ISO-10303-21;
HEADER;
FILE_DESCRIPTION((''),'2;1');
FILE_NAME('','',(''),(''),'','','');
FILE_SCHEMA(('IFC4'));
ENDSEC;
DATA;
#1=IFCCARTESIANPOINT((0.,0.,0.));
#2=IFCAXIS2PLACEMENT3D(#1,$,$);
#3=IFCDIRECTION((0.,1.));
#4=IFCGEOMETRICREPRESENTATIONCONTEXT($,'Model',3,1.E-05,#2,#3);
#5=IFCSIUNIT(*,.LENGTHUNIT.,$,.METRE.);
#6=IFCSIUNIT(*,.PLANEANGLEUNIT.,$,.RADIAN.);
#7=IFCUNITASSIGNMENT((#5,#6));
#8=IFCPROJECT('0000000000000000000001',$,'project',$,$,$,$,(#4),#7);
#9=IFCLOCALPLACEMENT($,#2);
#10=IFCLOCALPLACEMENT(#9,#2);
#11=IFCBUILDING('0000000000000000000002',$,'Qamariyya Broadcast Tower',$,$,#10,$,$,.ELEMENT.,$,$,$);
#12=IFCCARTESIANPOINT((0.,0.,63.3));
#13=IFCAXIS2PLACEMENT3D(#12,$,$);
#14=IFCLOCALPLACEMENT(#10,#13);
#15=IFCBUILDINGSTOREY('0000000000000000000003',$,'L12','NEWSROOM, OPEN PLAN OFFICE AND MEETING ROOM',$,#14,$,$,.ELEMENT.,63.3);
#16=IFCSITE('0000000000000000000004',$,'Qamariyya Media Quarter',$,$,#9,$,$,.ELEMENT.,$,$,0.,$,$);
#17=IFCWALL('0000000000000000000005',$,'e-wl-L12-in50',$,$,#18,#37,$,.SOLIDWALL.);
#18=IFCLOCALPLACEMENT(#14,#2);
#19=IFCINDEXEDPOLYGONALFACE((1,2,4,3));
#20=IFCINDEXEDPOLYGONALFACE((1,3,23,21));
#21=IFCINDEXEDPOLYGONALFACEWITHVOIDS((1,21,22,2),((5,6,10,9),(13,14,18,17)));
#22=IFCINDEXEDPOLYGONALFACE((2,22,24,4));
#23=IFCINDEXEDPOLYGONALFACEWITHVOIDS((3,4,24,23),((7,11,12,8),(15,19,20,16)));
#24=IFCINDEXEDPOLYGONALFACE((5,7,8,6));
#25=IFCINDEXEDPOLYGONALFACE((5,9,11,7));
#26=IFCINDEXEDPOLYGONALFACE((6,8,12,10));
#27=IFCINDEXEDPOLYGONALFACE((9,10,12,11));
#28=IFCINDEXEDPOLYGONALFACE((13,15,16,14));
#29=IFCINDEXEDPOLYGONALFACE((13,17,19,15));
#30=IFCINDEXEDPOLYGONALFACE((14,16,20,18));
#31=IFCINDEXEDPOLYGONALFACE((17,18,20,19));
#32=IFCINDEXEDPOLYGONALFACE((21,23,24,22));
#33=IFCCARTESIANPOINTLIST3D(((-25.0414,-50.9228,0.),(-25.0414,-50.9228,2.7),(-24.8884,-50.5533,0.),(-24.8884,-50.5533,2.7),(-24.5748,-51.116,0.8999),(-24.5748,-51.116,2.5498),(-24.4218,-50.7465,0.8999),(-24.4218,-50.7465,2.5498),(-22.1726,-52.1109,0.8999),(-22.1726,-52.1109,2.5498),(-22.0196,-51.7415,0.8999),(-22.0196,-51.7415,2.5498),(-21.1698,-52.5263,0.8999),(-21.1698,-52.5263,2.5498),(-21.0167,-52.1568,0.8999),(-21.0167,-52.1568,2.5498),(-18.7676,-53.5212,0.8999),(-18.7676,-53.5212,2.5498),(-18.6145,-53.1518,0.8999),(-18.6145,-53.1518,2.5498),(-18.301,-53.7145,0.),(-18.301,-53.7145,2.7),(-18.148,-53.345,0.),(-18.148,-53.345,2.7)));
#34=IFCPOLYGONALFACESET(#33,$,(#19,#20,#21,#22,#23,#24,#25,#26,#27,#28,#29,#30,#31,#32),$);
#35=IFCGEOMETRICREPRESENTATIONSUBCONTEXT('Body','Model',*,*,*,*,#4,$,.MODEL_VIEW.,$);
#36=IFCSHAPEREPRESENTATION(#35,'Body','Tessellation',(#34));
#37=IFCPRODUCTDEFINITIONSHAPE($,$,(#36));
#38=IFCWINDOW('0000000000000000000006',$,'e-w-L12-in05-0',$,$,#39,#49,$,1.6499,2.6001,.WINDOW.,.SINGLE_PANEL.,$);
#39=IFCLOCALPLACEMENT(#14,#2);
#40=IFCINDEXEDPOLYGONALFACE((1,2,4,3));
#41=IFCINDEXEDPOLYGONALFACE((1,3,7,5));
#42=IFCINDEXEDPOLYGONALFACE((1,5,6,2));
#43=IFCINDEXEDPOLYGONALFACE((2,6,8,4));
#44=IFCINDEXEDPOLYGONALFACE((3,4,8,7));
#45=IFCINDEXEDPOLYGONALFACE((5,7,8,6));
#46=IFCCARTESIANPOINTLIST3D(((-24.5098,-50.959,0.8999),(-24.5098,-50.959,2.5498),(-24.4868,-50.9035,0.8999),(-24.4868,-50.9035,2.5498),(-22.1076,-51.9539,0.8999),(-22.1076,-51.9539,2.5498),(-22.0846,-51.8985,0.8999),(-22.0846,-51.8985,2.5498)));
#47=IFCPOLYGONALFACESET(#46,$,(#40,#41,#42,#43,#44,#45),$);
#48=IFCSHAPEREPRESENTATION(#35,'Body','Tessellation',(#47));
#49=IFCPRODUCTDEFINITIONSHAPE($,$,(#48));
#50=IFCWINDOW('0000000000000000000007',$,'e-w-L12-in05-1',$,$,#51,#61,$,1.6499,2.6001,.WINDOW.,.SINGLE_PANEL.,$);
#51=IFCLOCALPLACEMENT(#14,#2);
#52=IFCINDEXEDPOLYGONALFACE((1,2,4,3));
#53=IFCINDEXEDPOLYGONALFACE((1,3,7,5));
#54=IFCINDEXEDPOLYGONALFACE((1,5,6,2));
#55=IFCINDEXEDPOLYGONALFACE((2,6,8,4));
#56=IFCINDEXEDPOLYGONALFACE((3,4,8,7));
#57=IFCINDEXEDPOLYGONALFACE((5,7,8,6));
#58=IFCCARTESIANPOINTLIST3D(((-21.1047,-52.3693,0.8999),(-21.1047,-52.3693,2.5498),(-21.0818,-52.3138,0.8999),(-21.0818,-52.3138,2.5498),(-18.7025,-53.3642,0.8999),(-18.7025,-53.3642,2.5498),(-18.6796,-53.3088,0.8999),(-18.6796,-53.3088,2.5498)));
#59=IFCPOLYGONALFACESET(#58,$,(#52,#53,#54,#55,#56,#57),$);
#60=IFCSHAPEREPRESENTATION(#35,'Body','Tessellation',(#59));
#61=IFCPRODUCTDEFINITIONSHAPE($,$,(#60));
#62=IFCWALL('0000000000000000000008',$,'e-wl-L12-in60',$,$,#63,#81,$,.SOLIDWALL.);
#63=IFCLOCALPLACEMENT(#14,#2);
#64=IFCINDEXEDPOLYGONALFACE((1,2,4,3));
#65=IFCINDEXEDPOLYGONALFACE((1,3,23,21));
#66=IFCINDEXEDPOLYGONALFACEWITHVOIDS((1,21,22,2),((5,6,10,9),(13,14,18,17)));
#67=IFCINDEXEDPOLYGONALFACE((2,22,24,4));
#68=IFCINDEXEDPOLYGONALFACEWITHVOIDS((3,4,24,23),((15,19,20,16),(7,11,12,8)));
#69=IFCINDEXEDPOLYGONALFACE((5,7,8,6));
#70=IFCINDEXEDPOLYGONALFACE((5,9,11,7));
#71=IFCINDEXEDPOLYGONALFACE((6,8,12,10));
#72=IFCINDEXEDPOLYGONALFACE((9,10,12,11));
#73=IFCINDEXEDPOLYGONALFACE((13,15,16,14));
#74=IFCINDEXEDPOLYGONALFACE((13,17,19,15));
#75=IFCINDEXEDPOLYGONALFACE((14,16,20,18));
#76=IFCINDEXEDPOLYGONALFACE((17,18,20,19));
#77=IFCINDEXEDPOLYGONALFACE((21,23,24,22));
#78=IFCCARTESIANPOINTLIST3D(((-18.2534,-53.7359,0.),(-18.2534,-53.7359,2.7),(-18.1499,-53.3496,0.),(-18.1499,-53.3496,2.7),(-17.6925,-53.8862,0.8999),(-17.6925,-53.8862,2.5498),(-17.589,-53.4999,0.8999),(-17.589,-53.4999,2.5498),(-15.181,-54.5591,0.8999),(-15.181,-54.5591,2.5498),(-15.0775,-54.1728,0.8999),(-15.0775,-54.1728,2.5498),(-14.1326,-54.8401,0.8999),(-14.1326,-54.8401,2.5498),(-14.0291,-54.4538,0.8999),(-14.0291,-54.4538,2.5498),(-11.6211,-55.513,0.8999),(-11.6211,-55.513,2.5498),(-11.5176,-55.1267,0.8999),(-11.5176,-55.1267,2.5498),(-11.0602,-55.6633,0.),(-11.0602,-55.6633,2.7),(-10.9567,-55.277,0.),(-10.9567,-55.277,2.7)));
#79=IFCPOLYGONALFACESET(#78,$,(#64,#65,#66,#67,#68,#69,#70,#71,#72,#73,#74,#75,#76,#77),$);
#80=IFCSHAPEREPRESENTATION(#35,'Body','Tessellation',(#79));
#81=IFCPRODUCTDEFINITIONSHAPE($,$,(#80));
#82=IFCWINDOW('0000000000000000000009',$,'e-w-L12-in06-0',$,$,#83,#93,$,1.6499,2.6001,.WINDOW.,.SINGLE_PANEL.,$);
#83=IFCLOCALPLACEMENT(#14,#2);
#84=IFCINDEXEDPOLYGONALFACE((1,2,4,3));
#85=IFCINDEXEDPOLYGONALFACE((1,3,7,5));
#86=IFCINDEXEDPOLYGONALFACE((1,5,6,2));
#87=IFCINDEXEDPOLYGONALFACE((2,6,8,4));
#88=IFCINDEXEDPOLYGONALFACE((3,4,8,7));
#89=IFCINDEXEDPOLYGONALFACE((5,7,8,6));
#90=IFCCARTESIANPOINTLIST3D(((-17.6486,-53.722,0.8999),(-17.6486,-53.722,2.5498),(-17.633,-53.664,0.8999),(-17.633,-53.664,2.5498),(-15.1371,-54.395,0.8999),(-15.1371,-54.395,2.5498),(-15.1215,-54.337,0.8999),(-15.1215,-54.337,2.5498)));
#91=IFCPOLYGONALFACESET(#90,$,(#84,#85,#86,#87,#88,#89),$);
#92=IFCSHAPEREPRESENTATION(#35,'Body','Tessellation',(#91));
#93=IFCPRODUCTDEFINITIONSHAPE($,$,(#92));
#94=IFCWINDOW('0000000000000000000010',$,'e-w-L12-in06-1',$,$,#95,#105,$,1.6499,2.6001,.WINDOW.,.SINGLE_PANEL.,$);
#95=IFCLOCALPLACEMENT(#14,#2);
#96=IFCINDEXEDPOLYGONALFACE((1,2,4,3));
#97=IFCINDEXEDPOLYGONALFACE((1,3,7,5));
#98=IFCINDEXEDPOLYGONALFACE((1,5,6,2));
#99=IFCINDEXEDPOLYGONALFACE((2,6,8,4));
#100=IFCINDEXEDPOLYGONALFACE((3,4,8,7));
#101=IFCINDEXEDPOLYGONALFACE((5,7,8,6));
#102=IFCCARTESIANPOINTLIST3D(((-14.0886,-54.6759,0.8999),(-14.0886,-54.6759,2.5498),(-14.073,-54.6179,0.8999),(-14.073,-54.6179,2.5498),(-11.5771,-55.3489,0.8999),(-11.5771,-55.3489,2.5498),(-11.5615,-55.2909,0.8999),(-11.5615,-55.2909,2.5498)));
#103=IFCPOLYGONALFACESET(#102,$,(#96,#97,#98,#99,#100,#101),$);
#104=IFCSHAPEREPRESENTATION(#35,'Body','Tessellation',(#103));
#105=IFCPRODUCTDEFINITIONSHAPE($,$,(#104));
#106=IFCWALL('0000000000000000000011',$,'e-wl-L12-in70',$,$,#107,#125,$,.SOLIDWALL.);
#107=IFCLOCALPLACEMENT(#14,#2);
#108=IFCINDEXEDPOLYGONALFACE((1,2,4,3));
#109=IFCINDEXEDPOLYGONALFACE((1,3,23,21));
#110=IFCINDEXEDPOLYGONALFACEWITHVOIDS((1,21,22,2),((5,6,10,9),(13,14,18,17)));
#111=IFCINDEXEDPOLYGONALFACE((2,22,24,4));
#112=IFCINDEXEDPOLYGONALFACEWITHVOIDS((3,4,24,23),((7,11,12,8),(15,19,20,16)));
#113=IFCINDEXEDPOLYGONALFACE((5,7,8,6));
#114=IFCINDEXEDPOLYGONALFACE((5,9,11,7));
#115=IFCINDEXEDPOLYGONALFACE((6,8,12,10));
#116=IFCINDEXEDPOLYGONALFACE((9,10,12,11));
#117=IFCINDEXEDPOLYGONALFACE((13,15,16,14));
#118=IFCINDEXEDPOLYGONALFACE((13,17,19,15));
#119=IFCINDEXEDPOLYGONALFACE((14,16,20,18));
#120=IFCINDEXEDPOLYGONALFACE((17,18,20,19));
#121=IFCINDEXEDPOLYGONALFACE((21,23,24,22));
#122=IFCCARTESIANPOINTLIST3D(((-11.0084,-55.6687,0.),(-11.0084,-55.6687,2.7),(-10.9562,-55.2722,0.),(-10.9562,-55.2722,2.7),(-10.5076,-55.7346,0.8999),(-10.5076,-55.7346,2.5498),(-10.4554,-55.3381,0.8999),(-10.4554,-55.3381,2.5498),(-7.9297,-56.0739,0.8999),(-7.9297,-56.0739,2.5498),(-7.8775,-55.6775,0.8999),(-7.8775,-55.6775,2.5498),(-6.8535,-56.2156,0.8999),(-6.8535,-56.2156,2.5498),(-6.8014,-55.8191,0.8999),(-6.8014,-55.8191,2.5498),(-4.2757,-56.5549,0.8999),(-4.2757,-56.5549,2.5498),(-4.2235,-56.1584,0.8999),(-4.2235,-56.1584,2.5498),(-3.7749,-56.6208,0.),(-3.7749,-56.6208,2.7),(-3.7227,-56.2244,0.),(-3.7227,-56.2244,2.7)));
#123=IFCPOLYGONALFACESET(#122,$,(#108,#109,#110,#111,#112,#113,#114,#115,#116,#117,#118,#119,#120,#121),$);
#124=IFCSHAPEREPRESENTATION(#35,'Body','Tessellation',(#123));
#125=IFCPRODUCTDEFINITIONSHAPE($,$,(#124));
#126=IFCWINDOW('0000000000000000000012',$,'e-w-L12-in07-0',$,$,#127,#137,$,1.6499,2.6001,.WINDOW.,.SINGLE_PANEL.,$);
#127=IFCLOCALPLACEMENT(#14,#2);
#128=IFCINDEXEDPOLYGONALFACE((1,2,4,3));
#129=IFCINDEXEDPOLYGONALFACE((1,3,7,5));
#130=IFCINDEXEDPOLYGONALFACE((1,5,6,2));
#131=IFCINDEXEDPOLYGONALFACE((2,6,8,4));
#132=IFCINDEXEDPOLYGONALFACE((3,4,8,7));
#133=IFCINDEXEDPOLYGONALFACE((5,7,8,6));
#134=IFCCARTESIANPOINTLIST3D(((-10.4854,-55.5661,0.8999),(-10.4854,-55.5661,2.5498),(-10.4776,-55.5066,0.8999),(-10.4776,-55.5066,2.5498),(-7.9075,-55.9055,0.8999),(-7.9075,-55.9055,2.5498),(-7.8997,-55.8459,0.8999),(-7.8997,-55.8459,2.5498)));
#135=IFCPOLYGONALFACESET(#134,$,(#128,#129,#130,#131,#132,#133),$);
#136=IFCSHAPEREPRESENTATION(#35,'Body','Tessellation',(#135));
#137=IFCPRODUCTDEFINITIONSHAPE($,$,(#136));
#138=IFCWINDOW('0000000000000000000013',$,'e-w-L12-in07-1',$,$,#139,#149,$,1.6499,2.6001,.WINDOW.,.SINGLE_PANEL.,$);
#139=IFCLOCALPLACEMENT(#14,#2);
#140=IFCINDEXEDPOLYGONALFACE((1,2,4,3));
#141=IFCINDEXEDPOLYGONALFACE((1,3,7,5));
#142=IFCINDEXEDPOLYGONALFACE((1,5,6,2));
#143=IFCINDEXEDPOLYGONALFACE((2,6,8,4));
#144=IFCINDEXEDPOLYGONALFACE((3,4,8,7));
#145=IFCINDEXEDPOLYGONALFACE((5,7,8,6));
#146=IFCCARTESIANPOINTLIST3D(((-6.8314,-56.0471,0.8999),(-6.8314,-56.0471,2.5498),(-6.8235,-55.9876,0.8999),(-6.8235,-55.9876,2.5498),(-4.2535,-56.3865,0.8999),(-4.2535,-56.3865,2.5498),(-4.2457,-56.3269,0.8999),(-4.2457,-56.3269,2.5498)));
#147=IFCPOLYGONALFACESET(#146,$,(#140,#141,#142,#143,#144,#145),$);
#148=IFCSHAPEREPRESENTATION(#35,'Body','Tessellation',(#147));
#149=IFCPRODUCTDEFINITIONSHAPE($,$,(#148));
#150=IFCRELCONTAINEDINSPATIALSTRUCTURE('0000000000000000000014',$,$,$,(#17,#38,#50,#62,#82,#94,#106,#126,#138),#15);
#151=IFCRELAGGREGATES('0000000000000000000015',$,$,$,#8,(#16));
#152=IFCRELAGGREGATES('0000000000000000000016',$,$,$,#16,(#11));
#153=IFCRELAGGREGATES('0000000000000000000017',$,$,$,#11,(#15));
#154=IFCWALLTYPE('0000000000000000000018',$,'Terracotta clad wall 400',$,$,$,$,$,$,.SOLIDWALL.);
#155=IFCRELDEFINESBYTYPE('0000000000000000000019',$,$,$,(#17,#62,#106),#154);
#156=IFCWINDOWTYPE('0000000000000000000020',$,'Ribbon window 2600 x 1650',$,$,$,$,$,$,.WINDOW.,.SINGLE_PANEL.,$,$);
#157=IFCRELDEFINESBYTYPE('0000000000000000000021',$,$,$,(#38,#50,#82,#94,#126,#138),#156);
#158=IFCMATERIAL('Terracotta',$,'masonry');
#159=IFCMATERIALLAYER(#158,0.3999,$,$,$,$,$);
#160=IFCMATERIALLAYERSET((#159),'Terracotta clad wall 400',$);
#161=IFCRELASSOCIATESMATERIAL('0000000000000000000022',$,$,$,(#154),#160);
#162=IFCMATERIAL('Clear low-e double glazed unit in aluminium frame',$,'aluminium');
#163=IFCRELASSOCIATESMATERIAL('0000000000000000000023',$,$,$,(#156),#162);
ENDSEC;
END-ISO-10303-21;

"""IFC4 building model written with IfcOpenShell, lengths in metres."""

from ifc_helpers import new_model, si_unit, direction, frame, frame_2d, origin, place, context, subcontext, project, spatial, rectangle, extrude, material, layer, layer_set, type_object, element, fill, save


model = new_model("IFC4")

# Units and contexts
model_context = context("Model", 3, precision=1e-05, world=origin(), true_north=direction((0.0, 1.0)))
body_context = subcontext(model_context, "Body", "Model", "MODEL_VIEW")
ifc_project = project(units=[si_unit("LENGTHUNIT", "METRE"), si_unit("PLANEANGLEUNIT", "RADIAN")], contexts=[model_context])

# Site, building, storey
site_placement = place(None, origin())
site = spatial("IfcSite", under=ifc_project, at=site_placement, Name="Qamariyya Media Quarter", CompositionType="ELEMENT", RefElevation=0.0)
building_placement = place(site_placement, origin())
building = spatial("IfcBuilding", under=site, at=building_placement, Name="Qamariyya Broadcast Tower", CompositionType="ELEMENT")
storey_placement = place(building_placement, frame((0.0, 0.0, 63.3)))
storey = spatial("IfcBuildingStorey", under=building, at=storey_placement, Name="L12", Description="NEWSROOM, OPEN PLAN OFFICE AND MEETING ROOM", CompositionType="ELEMENT", Elevation=63.3)

# Walls, openings, windows
ifc_material_1 = material(Name="Terracotta", Category="masonry")
ifc_layer_1 = layer(ifc_material_1, 0.3999)
ifc_layer_set_1 = layer_set([ifc_layer_1], Name="Terracotta clad wall 400")
wall_type_1 = type_object("IfcWallType", Name="Terracotta clad wall 400", PredefinedType="SOLIDWALL", material=ifc_layer_set_1)
ifc_material_2 = material(Name="Clear low-e double glazed unit in aluminium frame", Category="aluminium")
window_type = type_object("IfcWindowType", Name="Ribbon window 2600 x 1650", PartitioningType="SINGLE_PANEL", PredefinedType="WINDOW", material=ifc_material_2)
wall_1_placement = place(storey_placement, frame((-18.2244, -53.5298, 0.0), z_axis=(0.0, 0.0, 1.0), x_axis=(-0.923892, 0.382654, 0.0)))
wall_1 = element("IfcWall", 1, at=wall_1_placement, inside=storey, type_object=wall_type_1, Name="e-wl-L12-in50", PredefinedType="SOLIDWALL", context=body_context, shape_type="SweptSolid", body=[
    extrude(rectangle(XDim=7.2957, YDim=0.3999, at=frame_2d((3.6479, 0.0))), origin(), (0.0, 0.0, 1.0), 2.7),
])
opening_1_placement = place(wall_1_placement, frame((4.1907, 0.0, 0.8999)))
opening_1 = element("IfcOpeningElement", 2, at=opening_1_placement, cuts=wall_1, PredefinedType="OPENING", context=body_context, shape_type="SweptSolid", body=[
    extrude(rectangle(XDim=2.6001, YDim=1.6499, at=frame_2d((1.3, 0.825))), frame((0.0, 0.21, 0.0), z_axis=(0.0, -1.0, 0.0), x_axis=(1.0, 0.0, 0.0)), (0.0, 0.0, 1.0), 0.4199),
])
opening_2_placement = place(wall_1_placement, frame((0.5051, 0.0, 0.8999)))
opening_2 = element("IfcOpeningElement", 3, at=opening_2_placement, cuts=wall_1, PredefinedType="OPENING", context=body_context, shape_type="SweptSolid", body=[
    extrude(rectangle(XDim=2.6001, YDim=1.6499, at=frame_2d((1.3, 0.825))), frame((0.0, 0.21, 0.0), z_axis=(0.0, -1.0, 0.0), x_axis=(1.0, 0.0, 0.0)), (0.0, 0.0, 1.0), 0.4199),
])
window_1_placement = place(opening_1_placement, origin())
window_1 = element("IfcWindow", 4, at=window_1_placement, inside=storey, type_object=window_type, Name="e-w-L12-in05-0", OverallHeight=1.6499, OverallWidth=2.6001, PartitioningType="SINGLE_PANEL", PredefinedType="WINDOW", context=body_context, shape_type="SweptSolid", body=[
    extrude(rectangle(XDim=2.6001, YDim=1.6499, at=frame_2d((1.3, 0.825))), frame((0.0, 0.03, 0.0), z_axis=(0.0, -1.0, 0.0), x_axis=(1.0, 0.0, 0.0)), (0.0, 0.0, 1.0), 0.0601),
])
fill(opening_1, window_1)
window_2_placement = place(opening_2_placement, origin())
window_2 = element("IfcWindow", 5, at=window_2_placement, inside=storey, type_object=window_type, Name="e-w-L12-in05-1", OverallHeight=1.6499, OverallWidth=2.6001, PartitioningType="SINGLE_PANEL", PredefinedType="WINDOW", context=body_context, shape_type="SweptSolid", body=[
    extrude(rectangle(XDim=2.6001, YDim=1.6499, at=frame_2d((1.3, 0.825))), frame((0.0, 0.03, 0.0), z_axis=(0.0, -1.0, 0.0), x_axis=(1.0, 0.0, 0.0)), (0.0, 0.0, 1.0), 0.0601),
])
fill(opening_2, window_2)
wall_2_placement = place(storey_placement, frame((-11.0083, -55.4702, 0.0), z_axis=(0.0, 0.0, 1.0), x_axis=(-0.965925, 0.258823, 0.0)))
wall_2 = element("IfcWall", 6, at=wall_2_placement, inside=storey, type_object=wall_type_1, Name="e-wl-L12-in60", PredefinedType="SOLIDWALL", context=body_context, shape_type="SweptSolid", body=[
    extrude(rectangle(XDim=7.447, YDim=0.3999, at=frame_2d((3.7236, 0.0))), origin(), (0.0, 0.0, 1.0), 2.7),
])
opening_3_placement = place(wall_2_placement, frame((4.2664, 0.0, 0.8999)))
opening_3 = element("IfcOpeningElement", 7, at=opening_3_placement, cuts=wall_2, PredefinedType="OPENING", context=body_context, shape_type="SweptSolid", body=[
    extrude(rectangle(XDim=2.6001, YDim=1.6499, at=frame_2d((1.3, 0.825))), frame((0.0, 0.21, 0.0), z_axis=(0.0, -1.0, 0.0), x_axis=(1.0, 0.0, 0.0)), (0.0, 0.0, 1.0), 0.4199),
])
opening_4_placement = place(wall_2_placement, frame((0.5808, 0.0, 0.8999)))
opening_4 = element("IfcOpeningElement", 8, at=opening_4_placement, cuts=wall_2, PredefinedType="OPENING", context=body_context, shape_type="SweptSolid", body=[
    extrude(rectangle(XDim=2.6001, YDim=1.6499, at=frame_2d((1.3, 0.825))), frame((0.0, 0.21, 0.0), z_axis=(0.0, -1.0, 0.0), x_axis=(1.0, 0.0, 0.0)), (0.0, 0.0, 1.0), 0.4199),
])
window_3_placement = place(opening_3_placement, origin())
window_3 = element("IfcWindow", 9, at=window_3_placement, inside=storey, type_object=window_type, Name="e-w-L12-in06-0", OverallHeight=1.6499, OverallWidth=2.6001, PartitioningType="SINGLE_PANEL", PredefinedType="WINDOW", context=body_context, shape_type="SweptSolid", body=[
    extrude(rectangle(XDim=2.6001, YDim=1.6499, at=frame_2d((1.3, 0.825))), frame((0.0, 0.03, 0.0), z_axis=(0.0, -1.0, 0.0), x_axis=(1.0, 0.0, 0.0)), (0.0, 0.0, 1.0), 0.0601),
])
fill(opening_3, window_3)
window_4_placement = place(opening_4_placement, origin())
window_4 = element("IfcWindow", 10, at=window_4_placement, inside=storey, type_object=window_type, Name="e-w-L12-in06-1", OverallHeight=1.6499, OverallWidth=2.6001, PartitioningType="SINGLE_PANEL", PredefinedType="WINDOW", context=body_context, shape_type="SweptSolid", body=[
    extrude(rectangle(XDim=2.6001, YDim=1.6499, at=frame_2d((1.3, 0.825))), frame((0.0, 0.03, 0.0), z_axis=(0.0, -1.0, 0.0), x_axis=(1.0, 0.0, 0.0)), (0.0, 0.0, 1.0), 0.0601),
])
fill(opening_4, window_4)
wall_3_placement = place(storey_placement, frame((-3.7488, -56.4226, 0.0), z_axis=(0.0, 0.0, 1.0), x_axis=(-0.991447, 0.130506, 0.0)))
wall_3 = element("IfcWall", 11, at=wall_3_placement, inside=storey, type_object=wall_type_1, Name="e-wl-L12-in70", PredefinedType="SOLIDWALL", context=body_context, shape_type="SweptSolid", body=[
    extrude(rectangle(XDim=7.2959, YDim=0.3999, at=frame_2d((3.6479, 0.0))), origin(), (0.0, 0.0, 1.0), 2.7),
])
opening_5_placement = place(wall_3_placement, frame((4.1907, 0.0, 0.8999)))
opening_5 = element("IfcOpeningElement", 12, at=opening_5_placement, cuts=wall_3, PredefinedType="OPENING", context=body_context, shape_type="SweptSolid", body=[
    extrude(rectangle(XDim=2.6001, YDim=1.6499, at=frame_2d((1.3, 0.825))), frame((0.0, 0.21, 0.0), z_axis=(0.0, -1.0, 0.0), x_axis=(1.0, 0.0, 0.0)), (0.0, 0.0, 1.0), 0.4199),
])
opening_6_placement = place(wall_3_placement, frame((0.5051, 0.0, 0.8999)))
opening_6 = element("IfcOpeningElement", 13, at=opening_6_placement, cuts=wall_3, PredefinedType="OPENING", context=body_context, shape_type="SweptSolid", body=[
    extrude(rectangle(XDim=2.6001, YDim=1.6499, at=frame_2d((1.3, 0.825))), frame((0.0, 0.21, 0.0), z_axis=(0.0, -1.0, 0.0), x_axis=(1.0, 0.0, 0.0)), (0.0, 0.0, 1.0), 0.4199),
])
window_5_placement = place(opening_5_placement, origin())
window_5 = element("IfcWindow", 14, at=window_5_placement, inside=storey, type_object=window_type, Name="e-w-L12-in07-0", OverallHeight=1.6499, OverallWidth=2.6001, PartitioningType="SINGLE_PANEL", PredefinedType="WINDOW", context=body_context, shape_type="SweptSolid", body=[
    extrude(rectangle(XDim=2.6001, YDim=1.6499, at=frame_2d((1.3, 0.825))), frame((0.0, 0.03, 0.0), z_axis=(0.0, -1.0, 0.0), x_axis=(1.0, 0.0, 0.0)), (0.0, 0.0, 1.0), 0.0601),
])
fill(opening_5, window_5)
window_6_placement = place(opening_6_placement, origin())
window_6 = element("IfcWindow", 15, at=window_6_placement, inside=storey, type_object=window_type, Name="e-w-L12-in07-1", OverallHeight=1.6499, OverallWidth=2.6001, PartitioningType="SINGLE_PANEL", PredefinedType="WINDOW", context=body_context, shape_type="SweptSolid", body=[
    extrude(rectangle(XDim=2.6001, YDim=1.6499, at=frame_2d((1.3, 0.825))), frame((0.0, 0.03, 0.0), z_axis=(0.0, -1.0, 0.0), x_axis=(1.0, 0.0, 0.0)), (0.0, 0.0, 1.0), 0.0601),
])
fill(opening_6, window_6)

save(model, "model.ifc")
